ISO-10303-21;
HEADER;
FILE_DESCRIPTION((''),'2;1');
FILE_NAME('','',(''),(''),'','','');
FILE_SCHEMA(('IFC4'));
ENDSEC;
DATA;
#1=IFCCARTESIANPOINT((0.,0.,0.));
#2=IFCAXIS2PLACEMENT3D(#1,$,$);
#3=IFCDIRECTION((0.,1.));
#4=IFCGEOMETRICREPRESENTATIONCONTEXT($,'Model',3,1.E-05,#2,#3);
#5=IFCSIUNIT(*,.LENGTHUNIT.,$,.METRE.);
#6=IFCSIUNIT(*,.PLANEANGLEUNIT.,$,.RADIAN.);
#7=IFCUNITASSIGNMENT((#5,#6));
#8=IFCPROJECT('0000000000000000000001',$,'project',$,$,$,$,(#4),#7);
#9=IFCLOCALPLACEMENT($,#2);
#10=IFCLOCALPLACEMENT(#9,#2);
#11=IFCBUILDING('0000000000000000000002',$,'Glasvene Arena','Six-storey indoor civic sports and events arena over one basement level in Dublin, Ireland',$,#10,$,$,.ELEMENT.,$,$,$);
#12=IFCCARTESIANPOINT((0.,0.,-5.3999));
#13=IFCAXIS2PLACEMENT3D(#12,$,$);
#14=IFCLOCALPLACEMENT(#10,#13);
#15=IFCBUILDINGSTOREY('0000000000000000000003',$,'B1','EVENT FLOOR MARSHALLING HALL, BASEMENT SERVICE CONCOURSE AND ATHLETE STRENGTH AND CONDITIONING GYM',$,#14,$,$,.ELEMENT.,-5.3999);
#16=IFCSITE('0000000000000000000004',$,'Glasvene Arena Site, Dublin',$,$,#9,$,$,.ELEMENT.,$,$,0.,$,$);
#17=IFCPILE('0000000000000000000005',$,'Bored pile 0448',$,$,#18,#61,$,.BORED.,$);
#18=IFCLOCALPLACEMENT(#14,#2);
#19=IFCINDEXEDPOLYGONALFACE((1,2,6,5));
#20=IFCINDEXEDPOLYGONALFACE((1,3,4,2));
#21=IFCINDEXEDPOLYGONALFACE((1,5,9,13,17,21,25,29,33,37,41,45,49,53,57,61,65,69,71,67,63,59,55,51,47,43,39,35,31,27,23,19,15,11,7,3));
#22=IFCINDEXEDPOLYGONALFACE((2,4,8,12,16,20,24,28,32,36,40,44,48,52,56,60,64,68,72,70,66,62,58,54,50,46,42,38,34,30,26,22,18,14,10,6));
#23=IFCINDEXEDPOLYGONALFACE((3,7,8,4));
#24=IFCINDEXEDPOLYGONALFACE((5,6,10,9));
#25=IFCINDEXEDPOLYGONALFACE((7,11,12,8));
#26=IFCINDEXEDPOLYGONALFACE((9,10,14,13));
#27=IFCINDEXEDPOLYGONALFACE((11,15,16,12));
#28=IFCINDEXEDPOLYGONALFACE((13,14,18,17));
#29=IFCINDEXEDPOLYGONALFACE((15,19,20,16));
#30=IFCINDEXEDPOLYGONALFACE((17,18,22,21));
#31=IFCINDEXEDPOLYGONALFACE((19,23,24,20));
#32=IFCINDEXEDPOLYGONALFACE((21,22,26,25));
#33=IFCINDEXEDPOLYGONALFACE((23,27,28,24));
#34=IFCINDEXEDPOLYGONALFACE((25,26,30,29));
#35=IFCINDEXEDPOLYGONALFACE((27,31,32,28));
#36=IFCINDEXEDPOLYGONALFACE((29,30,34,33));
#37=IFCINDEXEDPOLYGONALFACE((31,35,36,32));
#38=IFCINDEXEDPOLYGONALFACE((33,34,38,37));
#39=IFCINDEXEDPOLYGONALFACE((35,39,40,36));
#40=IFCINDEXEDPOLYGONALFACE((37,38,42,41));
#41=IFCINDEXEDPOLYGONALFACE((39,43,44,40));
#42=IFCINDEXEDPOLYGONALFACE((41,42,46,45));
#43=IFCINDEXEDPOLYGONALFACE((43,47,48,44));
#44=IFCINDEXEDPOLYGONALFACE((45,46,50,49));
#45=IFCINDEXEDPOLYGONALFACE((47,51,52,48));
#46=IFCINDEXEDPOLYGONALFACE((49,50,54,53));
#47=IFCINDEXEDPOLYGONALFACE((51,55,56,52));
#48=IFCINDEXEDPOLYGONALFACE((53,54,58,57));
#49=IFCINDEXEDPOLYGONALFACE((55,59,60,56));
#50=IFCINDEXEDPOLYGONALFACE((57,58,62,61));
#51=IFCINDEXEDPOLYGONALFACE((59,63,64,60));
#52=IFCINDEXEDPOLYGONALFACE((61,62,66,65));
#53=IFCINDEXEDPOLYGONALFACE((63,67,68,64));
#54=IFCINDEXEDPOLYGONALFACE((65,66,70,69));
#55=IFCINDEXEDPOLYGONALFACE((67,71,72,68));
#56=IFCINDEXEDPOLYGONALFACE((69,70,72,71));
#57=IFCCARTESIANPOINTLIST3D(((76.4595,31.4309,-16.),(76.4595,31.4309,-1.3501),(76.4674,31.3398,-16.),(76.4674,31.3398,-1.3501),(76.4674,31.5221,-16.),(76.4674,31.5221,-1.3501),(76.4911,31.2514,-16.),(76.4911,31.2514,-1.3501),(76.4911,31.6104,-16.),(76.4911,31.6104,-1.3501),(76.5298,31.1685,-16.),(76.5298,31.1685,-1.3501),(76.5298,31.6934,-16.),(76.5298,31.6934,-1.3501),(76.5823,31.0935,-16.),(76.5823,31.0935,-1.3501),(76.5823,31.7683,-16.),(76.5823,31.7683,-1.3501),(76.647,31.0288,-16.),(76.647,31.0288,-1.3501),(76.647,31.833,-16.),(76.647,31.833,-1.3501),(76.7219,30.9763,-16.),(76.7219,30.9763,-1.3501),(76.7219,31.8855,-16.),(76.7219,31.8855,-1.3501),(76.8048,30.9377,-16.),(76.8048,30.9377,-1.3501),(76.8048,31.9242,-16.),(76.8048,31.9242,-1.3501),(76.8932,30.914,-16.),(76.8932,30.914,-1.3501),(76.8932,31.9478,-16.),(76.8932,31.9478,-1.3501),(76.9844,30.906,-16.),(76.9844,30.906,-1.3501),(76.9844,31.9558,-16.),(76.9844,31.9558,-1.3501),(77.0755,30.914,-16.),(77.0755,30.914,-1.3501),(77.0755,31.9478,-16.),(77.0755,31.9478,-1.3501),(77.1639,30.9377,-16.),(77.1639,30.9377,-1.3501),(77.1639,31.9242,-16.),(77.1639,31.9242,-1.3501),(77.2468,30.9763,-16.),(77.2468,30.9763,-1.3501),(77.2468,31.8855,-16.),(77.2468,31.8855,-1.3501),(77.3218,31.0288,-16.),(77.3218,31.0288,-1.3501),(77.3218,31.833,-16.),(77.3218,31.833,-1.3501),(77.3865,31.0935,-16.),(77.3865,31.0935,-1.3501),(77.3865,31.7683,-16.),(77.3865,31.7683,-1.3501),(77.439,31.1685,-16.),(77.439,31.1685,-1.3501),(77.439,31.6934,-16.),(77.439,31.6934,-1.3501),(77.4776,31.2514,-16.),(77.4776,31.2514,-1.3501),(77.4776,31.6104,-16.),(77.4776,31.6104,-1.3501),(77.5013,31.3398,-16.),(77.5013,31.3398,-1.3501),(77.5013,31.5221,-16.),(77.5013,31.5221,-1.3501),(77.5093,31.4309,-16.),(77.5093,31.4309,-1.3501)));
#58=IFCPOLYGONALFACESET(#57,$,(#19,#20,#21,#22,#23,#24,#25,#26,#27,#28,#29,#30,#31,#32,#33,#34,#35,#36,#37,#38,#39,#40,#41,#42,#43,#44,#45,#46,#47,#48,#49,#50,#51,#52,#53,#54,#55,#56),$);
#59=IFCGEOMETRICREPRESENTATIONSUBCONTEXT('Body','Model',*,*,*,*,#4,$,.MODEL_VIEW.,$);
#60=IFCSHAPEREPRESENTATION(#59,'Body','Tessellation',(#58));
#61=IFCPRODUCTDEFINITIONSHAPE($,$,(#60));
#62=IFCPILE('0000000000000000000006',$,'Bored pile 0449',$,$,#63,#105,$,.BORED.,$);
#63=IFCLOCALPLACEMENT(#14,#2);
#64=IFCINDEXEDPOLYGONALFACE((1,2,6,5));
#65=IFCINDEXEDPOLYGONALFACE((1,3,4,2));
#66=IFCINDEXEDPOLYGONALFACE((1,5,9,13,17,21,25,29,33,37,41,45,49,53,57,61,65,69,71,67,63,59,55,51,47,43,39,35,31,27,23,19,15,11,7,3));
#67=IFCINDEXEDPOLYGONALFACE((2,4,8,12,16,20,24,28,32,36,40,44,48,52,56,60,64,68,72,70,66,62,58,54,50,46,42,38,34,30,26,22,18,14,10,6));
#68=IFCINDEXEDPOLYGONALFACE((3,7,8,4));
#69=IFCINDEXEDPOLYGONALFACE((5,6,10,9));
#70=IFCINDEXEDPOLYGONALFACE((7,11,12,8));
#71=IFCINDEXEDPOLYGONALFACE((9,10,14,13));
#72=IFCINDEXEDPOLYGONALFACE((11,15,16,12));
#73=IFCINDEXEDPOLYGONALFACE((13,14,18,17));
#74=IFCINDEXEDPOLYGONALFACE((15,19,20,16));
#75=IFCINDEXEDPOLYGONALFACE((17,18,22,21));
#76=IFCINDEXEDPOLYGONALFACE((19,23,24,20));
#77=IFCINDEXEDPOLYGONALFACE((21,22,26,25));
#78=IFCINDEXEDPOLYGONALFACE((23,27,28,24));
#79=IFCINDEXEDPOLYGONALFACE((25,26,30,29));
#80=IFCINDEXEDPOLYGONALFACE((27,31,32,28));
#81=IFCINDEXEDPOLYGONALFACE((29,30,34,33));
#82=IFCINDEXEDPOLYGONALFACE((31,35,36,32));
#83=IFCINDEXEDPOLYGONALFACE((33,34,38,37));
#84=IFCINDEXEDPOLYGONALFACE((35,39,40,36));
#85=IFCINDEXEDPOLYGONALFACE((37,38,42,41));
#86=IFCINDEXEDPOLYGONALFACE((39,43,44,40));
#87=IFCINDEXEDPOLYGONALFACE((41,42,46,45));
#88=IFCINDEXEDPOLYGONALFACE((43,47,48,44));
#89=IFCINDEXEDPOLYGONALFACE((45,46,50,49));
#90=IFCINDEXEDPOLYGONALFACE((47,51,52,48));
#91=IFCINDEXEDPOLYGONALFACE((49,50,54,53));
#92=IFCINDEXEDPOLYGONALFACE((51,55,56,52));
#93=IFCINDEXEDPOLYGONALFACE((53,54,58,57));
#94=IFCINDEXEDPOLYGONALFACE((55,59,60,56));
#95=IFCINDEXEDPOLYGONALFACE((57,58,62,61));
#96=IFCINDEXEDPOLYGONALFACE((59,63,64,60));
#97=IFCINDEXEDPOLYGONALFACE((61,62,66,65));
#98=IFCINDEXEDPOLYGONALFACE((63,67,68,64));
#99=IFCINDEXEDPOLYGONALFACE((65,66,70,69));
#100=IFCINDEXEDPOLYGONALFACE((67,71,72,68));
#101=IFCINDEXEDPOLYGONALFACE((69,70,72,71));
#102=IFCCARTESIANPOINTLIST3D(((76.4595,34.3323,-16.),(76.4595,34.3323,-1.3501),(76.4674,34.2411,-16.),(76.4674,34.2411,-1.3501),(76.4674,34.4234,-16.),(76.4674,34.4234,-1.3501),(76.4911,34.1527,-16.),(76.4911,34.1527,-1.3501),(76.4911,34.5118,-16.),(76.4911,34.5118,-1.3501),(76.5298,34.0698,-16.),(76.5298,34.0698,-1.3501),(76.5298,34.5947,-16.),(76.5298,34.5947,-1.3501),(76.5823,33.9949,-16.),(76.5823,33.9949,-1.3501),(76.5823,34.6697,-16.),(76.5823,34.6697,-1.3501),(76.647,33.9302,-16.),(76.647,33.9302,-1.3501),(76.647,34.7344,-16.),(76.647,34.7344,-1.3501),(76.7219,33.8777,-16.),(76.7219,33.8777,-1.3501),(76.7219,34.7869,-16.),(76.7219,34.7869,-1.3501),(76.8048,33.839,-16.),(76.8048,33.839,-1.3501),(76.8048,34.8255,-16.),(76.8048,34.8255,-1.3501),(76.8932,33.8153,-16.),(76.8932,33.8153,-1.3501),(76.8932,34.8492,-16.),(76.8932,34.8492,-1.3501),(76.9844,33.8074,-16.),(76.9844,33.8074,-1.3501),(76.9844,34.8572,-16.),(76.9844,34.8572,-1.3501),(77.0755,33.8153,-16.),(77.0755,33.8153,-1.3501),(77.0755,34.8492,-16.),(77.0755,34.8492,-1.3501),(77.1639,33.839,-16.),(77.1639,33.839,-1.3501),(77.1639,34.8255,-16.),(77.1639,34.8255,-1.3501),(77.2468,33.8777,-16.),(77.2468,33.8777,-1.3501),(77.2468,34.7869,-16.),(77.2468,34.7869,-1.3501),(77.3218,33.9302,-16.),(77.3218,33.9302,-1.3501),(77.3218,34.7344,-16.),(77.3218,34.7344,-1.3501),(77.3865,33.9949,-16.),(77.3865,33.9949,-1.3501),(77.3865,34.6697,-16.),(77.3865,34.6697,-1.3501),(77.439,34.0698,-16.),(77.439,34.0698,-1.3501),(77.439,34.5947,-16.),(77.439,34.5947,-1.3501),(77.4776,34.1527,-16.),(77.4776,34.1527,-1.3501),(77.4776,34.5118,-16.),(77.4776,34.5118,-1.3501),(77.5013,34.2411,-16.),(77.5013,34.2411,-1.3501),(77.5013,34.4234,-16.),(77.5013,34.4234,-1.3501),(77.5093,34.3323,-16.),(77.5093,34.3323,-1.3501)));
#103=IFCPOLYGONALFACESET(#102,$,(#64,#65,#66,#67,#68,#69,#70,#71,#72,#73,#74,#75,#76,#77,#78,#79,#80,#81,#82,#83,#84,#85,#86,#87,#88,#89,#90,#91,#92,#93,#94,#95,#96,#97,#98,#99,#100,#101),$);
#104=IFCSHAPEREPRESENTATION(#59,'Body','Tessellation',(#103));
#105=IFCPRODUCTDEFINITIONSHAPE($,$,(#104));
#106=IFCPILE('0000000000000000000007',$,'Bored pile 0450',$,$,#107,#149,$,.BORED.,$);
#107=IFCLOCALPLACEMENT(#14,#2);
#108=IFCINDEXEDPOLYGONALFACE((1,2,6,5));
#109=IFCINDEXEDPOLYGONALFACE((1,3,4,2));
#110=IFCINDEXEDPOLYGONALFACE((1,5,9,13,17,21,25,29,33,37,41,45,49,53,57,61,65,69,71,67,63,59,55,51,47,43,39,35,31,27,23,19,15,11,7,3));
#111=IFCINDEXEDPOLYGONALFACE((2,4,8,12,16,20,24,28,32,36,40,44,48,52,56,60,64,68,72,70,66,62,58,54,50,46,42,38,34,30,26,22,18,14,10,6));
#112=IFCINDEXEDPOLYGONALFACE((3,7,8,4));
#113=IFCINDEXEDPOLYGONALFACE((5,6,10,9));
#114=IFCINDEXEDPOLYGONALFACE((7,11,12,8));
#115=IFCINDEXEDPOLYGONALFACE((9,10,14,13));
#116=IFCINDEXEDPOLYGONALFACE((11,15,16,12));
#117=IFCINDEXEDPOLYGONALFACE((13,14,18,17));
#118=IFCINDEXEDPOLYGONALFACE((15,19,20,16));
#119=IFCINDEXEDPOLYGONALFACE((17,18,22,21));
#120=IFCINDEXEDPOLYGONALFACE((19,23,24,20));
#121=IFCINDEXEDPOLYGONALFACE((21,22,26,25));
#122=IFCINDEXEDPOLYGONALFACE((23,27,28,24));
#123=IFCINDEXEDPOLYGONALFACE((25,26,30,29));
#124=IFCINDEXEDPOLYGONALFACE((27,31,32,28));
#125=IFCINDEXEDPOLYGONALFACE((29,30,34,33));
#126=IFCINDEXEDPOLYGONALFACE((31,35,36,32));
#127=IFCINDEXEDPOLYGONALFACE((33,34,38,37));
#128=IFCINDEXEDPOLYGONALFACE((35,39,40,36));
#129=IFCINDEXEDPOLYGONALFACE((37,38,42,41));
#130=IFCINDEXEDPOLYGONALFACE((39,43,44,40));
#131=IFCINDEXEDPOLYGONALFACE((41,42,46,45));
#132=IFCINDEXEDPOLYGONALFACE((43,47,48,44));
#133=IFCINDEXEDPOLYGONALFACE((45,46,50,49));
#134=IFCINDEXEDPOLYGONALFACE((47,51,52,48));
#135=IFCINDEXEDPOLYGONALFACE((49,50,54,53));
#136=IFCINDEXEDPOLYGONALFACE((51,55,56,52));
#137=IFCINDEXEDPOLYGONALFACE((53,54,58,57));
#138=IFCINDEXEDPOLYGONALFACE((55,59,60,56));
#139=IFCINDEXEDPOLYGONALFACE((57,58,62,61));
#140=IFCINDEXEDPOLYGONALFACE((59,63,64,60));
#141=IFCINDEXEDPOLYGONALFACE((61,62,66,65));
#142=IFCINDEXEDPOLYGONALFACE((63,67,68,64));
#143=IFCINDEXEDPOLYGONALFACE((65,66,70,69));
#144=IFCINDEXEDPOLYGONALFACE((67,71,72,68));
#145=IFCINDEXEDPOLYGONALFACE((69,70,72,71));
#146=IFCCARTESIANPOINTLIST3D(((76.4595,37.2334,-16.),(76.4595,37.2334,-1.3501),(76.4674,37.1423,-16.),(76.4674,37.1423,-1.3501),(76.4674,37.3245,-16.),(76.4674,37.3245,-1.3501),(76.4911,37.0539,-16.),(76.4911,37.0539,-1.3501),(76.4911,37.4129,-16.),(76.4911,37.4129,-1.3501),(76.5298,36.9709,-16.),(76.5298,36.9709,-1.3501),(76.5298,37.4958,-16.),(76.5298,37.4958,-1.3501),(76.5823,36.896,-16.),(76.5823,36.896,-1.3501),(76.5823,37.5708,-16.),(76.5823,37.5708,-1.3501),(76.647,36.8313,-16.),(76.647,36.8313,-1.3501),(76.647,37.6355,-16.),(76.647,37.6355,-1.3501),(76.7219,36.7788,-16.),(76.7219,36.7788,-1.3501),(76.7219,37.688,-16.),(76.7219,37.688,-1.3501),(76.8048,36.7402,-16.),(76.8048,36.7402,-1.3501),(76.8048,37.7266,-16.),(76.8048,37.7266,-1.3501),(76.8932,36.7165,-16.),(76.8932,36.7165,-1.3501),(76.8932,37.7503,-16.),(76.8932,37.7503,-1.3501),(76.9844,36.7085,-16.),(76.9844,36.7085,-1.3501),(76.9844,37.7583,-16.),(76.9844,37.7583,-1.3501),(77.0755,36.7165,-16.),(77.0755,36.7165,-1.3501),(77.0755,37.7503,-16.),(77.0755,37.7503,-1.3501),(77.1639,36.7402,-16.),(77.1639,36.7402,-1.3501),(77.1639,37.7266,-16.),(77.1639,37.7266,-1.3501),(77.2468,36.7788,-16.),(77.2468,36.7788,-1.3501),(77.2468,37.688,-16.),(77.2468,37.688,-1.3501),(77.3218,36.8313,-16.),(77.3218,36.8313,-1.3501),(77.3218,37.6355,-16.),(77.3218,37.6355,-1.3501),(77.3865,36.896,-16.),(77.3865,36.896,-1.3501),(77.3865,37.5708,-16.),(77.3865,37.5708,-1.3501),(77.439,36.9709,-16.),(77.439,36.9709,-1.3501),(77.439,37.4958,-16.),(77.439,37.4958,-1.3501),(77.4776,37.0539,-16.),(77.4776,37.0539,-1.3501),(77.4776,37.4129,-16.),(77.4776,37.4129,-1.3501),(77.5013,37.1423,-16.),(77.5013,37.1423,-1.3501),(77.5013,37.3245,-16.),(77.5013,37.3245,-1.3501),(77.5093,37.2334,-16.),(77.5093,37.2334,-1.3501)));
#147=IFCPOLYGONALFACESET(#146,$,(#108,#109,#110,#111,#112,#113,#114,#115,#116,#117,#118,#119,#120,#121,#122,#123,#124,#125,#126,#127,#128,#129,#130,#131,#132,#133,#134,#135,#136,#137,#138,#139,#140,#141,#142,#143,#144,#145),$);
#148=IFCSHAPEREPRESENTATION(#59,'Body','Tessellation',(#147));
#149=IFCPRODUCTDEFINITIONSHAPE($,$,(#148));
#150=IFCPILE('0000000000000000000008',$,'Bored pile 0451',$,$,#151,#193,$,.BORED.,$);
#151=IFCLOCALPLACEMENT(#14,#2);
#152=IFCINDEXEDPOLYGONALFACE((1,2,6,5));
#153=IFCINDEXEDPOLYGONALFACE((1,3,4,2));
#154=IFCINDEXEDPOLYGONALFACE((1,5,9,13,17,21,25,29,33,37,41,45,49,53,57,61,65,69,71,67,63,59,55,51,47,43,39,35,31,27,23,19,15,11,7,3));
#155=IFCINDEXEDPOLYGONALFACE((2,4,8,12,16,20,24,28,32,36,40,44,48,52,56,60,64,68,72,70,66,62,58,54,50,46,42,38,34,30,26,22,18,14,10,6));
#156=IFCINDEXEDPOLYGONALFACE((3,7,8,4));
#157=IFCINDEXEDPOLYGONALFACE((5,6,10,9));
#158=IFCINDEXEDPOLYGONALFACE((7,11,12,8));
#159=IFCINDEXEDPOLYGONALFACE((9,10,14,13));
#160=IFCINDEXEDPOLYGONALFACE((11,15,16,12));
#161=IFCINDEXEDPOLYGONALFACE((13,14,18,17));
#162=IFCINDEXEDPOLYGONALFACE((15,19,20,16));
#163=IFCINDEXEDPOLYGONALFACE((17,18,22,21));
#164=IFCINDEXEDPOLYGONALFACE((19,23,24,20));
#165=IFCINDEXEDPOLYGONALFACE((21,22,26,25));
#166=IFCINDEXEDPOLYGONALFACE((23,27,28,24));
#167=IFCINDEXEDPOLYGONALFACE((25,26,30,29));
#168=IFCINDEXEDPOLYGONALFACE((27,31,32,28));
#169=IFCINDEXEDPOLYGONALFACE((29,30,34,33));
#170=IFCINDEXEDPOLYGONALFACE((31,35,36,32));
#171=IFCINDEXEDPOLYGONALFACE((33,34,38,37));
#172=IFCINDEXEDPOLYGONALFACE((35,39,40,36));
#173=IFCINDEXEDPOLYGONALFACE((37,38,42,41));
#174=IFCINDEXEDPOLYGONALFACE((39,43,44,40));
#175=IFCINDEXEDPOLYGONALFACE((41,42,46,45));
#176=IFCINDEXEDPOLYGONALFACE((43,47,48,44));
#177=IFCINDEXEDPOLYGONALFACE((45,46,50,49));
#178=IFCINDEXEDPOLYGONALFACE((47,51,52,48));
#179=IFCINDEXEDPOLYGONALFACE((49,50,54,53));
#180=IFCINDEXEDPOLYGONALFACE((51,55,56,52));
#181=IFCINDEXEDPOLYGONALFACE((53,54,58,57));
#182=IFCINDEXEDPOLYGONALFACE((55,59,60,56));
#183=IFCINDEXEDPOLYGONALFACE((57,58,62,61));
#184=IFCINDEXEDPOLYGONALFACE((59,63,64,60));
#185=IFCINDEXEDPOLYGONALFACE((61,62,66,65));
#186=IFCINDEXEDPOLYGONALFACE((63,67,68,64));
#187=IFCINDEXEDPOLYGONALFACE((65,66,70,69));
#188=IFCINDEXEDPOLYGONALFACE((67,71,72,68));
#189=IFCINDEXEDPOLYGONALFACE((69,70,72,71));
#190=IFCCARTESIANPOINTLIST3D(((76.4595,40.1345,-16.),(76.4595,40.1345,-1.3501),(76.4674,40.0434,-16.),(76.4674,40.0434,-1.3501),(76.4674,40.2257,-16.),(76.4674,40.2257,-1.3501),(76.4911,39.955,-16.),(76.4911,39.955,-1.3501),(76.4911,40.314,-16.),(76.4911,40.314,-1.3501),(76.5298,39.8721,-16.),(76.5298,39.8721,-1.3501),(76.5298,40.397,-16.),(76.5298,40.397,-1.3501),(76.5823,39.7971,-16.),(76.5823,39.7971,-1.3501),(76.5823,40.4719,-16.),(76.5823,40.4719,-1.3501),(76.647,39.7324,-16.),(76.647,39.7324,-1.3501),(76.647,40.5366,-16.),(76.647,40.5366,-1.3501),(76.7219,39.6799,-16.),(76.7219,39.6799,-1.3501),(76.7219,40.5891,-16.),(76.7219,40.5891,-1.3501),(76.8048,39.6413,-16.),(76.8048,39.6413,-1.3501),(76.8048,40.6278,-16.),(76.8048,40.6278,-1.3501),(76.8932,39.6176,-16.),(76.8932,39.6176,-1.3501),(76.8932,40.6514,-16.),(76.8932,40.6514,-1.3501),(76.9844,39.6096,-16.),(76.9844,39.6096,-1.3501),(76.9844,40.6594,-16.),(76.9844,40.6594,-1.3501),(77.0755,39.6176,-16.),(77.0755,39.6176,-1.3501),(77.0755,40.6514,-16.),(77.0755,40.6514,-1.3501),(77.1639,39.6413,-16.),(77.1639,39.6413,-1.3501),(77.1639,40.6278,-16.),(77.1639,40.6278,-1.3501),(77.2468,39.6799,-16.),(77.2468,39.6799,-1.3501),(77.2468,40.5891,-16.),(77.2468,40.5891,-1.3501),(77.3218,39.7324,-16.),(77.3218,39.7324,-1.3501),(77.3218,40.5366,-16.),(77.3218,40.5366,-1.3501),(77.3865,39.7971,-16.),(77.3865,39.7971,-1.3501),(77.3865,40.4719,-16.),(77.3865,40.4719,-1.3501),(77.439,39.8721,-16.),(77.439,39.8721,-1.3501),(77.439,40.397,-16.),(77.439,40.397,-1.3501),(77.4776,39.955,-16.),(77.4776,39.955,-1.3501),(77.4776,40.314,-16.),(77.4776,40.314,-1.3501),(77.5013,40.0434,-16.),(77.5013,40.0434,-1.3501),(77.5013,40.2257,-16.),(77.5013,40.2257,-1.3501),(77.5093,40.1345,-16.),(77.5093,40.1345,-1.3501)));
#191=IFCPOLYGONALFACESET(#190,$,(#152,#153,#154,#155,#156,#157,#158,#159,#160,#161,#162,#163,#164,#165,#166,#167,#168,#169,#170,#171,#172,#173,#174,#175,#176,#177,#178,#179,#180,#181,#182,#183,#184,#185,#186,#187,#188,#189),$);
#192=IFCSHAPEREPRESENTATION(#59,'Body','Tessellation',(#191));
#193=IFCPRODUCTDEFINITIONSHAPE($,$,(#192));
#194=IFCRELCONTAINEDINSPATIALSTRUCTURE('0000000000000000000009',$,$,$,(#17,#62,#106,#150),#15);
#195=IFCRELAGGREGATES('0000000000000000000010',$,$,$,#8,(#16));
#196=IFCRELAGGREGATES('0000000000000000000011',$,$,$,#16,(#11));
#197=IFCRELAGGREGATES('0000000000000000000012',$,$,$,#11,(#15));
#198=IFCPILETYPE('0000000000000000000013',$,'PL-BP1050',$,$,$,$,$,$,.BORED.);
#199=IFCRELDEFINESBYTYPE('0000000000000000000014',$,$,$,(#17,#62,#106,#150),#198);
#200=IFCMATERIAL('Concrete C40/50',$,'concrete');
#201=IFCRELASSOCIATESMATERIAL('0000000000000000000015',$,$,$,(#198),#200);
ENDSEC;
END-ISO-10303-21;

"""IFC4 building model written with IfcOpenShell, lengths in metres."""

from ifc_helpers import new_model, si_unit, direction, frame, origin, origin_2d, place, context, subcontext, project, spatial, circle, extrude, material, material_profile, profile_set, type_object, element, save


model = new_model("IFC4")

# Units and contexts
model_context = context("Model", 3, precision=1e-05, world=origin(), true_north=direction((0.0, 1.0)))
body_context = subcontext(model_context, "Body", "Model", "MODEL_VIEW")
ifc_project = project(units=[si_unit("LENGTHUNIT", "METRE"), si_unit("PLANEANGLEUNIT", "RADIAN")], contexts=[model_context])

# Site, building, storey
site_placement = place(None, origin())
site = spatial("IfcSite", under=ifc_project, at=site_placement, Name="Glasvene Arena Site, Dublin", CompositionType="ELEMENT", RefElevation=0.0)
building_placement = place(site_placement, origin())
building = spatial("IfcBuilding", under=site, at=building_placement, Name="Glasvene Arena", Description="Six-storey indoor civic sports and events arena over one basement level in Dublin, Ireland", CompositionType="ELEMENT")
storey_placement = place(building_placement, frame((0.0, 0.0, -5.3999)))
storey = spatial("IfcBuildingStorey", under=building, at=storey_placement, Name="B1", Description="EVENT FLOOR MARSHALLING HALL, BASEMENT SERVICE CONCOURSE AND ATHLETE STRENGTH AND CONDITIONING GYM", CompositionType="ELEMENT", Elevation=-5.3999)

# Piles
ifc_material_1 = material(Name="Concrete C40/50", Category="concrete")
ifc_material_profile_1 = material_profile(ifc_material_1, circle(Radius=0.5249, at=origin_2d()), Name="BORED PILE 1050")
ifc_profile_set_1 = profile_set([ifc_material_profile_1], Name="Concrete C40/50")
pile_type = type_object("IfcPileType", Name="PL-BP1050", PredefinedType="BORED", material=ifc_profile_set_1)
for number, where, z_axis, x_axis, name in (
    (1, (76.9844, 31.4309, -1.3501), (0.0, 0.0, -1.0), (1.0, 0.0, 0.0), "Bored pile 0448"),
    (2, (76.9844, 34.3323, -1.3501), (0.0, 0.0, -1.0), (1.0, 0.0, 0.0), "Bored pile 0449"),
    (3, (76.9844, 37.2334, -1.3501), (0.0, 0.0, -1.0), (1.0, 0.0, 0.0), "Bored pile 0450"),
    (4, (76.9844, 40.1345, -1.3501), (0.0, 0.0, -1.0), (1.0, 0.0, 0.0), "Bored pile 0451"),
):
    element("IfcPile", number, at=place(storey_placement, frame(where, z_axis=z_axis, x_axis=x_axis)), inside=storey, type_object=pile_type, Name=name, PredefinedType="BORED", context=body_context, shape_type="SweptSolid", body=[
        extrude(circle(Radius=0.5249, at=origin_2d()), origin(), (0.0, 0.0, 1.0), 14.6499),
    ])

save(model, "model.ifc")
